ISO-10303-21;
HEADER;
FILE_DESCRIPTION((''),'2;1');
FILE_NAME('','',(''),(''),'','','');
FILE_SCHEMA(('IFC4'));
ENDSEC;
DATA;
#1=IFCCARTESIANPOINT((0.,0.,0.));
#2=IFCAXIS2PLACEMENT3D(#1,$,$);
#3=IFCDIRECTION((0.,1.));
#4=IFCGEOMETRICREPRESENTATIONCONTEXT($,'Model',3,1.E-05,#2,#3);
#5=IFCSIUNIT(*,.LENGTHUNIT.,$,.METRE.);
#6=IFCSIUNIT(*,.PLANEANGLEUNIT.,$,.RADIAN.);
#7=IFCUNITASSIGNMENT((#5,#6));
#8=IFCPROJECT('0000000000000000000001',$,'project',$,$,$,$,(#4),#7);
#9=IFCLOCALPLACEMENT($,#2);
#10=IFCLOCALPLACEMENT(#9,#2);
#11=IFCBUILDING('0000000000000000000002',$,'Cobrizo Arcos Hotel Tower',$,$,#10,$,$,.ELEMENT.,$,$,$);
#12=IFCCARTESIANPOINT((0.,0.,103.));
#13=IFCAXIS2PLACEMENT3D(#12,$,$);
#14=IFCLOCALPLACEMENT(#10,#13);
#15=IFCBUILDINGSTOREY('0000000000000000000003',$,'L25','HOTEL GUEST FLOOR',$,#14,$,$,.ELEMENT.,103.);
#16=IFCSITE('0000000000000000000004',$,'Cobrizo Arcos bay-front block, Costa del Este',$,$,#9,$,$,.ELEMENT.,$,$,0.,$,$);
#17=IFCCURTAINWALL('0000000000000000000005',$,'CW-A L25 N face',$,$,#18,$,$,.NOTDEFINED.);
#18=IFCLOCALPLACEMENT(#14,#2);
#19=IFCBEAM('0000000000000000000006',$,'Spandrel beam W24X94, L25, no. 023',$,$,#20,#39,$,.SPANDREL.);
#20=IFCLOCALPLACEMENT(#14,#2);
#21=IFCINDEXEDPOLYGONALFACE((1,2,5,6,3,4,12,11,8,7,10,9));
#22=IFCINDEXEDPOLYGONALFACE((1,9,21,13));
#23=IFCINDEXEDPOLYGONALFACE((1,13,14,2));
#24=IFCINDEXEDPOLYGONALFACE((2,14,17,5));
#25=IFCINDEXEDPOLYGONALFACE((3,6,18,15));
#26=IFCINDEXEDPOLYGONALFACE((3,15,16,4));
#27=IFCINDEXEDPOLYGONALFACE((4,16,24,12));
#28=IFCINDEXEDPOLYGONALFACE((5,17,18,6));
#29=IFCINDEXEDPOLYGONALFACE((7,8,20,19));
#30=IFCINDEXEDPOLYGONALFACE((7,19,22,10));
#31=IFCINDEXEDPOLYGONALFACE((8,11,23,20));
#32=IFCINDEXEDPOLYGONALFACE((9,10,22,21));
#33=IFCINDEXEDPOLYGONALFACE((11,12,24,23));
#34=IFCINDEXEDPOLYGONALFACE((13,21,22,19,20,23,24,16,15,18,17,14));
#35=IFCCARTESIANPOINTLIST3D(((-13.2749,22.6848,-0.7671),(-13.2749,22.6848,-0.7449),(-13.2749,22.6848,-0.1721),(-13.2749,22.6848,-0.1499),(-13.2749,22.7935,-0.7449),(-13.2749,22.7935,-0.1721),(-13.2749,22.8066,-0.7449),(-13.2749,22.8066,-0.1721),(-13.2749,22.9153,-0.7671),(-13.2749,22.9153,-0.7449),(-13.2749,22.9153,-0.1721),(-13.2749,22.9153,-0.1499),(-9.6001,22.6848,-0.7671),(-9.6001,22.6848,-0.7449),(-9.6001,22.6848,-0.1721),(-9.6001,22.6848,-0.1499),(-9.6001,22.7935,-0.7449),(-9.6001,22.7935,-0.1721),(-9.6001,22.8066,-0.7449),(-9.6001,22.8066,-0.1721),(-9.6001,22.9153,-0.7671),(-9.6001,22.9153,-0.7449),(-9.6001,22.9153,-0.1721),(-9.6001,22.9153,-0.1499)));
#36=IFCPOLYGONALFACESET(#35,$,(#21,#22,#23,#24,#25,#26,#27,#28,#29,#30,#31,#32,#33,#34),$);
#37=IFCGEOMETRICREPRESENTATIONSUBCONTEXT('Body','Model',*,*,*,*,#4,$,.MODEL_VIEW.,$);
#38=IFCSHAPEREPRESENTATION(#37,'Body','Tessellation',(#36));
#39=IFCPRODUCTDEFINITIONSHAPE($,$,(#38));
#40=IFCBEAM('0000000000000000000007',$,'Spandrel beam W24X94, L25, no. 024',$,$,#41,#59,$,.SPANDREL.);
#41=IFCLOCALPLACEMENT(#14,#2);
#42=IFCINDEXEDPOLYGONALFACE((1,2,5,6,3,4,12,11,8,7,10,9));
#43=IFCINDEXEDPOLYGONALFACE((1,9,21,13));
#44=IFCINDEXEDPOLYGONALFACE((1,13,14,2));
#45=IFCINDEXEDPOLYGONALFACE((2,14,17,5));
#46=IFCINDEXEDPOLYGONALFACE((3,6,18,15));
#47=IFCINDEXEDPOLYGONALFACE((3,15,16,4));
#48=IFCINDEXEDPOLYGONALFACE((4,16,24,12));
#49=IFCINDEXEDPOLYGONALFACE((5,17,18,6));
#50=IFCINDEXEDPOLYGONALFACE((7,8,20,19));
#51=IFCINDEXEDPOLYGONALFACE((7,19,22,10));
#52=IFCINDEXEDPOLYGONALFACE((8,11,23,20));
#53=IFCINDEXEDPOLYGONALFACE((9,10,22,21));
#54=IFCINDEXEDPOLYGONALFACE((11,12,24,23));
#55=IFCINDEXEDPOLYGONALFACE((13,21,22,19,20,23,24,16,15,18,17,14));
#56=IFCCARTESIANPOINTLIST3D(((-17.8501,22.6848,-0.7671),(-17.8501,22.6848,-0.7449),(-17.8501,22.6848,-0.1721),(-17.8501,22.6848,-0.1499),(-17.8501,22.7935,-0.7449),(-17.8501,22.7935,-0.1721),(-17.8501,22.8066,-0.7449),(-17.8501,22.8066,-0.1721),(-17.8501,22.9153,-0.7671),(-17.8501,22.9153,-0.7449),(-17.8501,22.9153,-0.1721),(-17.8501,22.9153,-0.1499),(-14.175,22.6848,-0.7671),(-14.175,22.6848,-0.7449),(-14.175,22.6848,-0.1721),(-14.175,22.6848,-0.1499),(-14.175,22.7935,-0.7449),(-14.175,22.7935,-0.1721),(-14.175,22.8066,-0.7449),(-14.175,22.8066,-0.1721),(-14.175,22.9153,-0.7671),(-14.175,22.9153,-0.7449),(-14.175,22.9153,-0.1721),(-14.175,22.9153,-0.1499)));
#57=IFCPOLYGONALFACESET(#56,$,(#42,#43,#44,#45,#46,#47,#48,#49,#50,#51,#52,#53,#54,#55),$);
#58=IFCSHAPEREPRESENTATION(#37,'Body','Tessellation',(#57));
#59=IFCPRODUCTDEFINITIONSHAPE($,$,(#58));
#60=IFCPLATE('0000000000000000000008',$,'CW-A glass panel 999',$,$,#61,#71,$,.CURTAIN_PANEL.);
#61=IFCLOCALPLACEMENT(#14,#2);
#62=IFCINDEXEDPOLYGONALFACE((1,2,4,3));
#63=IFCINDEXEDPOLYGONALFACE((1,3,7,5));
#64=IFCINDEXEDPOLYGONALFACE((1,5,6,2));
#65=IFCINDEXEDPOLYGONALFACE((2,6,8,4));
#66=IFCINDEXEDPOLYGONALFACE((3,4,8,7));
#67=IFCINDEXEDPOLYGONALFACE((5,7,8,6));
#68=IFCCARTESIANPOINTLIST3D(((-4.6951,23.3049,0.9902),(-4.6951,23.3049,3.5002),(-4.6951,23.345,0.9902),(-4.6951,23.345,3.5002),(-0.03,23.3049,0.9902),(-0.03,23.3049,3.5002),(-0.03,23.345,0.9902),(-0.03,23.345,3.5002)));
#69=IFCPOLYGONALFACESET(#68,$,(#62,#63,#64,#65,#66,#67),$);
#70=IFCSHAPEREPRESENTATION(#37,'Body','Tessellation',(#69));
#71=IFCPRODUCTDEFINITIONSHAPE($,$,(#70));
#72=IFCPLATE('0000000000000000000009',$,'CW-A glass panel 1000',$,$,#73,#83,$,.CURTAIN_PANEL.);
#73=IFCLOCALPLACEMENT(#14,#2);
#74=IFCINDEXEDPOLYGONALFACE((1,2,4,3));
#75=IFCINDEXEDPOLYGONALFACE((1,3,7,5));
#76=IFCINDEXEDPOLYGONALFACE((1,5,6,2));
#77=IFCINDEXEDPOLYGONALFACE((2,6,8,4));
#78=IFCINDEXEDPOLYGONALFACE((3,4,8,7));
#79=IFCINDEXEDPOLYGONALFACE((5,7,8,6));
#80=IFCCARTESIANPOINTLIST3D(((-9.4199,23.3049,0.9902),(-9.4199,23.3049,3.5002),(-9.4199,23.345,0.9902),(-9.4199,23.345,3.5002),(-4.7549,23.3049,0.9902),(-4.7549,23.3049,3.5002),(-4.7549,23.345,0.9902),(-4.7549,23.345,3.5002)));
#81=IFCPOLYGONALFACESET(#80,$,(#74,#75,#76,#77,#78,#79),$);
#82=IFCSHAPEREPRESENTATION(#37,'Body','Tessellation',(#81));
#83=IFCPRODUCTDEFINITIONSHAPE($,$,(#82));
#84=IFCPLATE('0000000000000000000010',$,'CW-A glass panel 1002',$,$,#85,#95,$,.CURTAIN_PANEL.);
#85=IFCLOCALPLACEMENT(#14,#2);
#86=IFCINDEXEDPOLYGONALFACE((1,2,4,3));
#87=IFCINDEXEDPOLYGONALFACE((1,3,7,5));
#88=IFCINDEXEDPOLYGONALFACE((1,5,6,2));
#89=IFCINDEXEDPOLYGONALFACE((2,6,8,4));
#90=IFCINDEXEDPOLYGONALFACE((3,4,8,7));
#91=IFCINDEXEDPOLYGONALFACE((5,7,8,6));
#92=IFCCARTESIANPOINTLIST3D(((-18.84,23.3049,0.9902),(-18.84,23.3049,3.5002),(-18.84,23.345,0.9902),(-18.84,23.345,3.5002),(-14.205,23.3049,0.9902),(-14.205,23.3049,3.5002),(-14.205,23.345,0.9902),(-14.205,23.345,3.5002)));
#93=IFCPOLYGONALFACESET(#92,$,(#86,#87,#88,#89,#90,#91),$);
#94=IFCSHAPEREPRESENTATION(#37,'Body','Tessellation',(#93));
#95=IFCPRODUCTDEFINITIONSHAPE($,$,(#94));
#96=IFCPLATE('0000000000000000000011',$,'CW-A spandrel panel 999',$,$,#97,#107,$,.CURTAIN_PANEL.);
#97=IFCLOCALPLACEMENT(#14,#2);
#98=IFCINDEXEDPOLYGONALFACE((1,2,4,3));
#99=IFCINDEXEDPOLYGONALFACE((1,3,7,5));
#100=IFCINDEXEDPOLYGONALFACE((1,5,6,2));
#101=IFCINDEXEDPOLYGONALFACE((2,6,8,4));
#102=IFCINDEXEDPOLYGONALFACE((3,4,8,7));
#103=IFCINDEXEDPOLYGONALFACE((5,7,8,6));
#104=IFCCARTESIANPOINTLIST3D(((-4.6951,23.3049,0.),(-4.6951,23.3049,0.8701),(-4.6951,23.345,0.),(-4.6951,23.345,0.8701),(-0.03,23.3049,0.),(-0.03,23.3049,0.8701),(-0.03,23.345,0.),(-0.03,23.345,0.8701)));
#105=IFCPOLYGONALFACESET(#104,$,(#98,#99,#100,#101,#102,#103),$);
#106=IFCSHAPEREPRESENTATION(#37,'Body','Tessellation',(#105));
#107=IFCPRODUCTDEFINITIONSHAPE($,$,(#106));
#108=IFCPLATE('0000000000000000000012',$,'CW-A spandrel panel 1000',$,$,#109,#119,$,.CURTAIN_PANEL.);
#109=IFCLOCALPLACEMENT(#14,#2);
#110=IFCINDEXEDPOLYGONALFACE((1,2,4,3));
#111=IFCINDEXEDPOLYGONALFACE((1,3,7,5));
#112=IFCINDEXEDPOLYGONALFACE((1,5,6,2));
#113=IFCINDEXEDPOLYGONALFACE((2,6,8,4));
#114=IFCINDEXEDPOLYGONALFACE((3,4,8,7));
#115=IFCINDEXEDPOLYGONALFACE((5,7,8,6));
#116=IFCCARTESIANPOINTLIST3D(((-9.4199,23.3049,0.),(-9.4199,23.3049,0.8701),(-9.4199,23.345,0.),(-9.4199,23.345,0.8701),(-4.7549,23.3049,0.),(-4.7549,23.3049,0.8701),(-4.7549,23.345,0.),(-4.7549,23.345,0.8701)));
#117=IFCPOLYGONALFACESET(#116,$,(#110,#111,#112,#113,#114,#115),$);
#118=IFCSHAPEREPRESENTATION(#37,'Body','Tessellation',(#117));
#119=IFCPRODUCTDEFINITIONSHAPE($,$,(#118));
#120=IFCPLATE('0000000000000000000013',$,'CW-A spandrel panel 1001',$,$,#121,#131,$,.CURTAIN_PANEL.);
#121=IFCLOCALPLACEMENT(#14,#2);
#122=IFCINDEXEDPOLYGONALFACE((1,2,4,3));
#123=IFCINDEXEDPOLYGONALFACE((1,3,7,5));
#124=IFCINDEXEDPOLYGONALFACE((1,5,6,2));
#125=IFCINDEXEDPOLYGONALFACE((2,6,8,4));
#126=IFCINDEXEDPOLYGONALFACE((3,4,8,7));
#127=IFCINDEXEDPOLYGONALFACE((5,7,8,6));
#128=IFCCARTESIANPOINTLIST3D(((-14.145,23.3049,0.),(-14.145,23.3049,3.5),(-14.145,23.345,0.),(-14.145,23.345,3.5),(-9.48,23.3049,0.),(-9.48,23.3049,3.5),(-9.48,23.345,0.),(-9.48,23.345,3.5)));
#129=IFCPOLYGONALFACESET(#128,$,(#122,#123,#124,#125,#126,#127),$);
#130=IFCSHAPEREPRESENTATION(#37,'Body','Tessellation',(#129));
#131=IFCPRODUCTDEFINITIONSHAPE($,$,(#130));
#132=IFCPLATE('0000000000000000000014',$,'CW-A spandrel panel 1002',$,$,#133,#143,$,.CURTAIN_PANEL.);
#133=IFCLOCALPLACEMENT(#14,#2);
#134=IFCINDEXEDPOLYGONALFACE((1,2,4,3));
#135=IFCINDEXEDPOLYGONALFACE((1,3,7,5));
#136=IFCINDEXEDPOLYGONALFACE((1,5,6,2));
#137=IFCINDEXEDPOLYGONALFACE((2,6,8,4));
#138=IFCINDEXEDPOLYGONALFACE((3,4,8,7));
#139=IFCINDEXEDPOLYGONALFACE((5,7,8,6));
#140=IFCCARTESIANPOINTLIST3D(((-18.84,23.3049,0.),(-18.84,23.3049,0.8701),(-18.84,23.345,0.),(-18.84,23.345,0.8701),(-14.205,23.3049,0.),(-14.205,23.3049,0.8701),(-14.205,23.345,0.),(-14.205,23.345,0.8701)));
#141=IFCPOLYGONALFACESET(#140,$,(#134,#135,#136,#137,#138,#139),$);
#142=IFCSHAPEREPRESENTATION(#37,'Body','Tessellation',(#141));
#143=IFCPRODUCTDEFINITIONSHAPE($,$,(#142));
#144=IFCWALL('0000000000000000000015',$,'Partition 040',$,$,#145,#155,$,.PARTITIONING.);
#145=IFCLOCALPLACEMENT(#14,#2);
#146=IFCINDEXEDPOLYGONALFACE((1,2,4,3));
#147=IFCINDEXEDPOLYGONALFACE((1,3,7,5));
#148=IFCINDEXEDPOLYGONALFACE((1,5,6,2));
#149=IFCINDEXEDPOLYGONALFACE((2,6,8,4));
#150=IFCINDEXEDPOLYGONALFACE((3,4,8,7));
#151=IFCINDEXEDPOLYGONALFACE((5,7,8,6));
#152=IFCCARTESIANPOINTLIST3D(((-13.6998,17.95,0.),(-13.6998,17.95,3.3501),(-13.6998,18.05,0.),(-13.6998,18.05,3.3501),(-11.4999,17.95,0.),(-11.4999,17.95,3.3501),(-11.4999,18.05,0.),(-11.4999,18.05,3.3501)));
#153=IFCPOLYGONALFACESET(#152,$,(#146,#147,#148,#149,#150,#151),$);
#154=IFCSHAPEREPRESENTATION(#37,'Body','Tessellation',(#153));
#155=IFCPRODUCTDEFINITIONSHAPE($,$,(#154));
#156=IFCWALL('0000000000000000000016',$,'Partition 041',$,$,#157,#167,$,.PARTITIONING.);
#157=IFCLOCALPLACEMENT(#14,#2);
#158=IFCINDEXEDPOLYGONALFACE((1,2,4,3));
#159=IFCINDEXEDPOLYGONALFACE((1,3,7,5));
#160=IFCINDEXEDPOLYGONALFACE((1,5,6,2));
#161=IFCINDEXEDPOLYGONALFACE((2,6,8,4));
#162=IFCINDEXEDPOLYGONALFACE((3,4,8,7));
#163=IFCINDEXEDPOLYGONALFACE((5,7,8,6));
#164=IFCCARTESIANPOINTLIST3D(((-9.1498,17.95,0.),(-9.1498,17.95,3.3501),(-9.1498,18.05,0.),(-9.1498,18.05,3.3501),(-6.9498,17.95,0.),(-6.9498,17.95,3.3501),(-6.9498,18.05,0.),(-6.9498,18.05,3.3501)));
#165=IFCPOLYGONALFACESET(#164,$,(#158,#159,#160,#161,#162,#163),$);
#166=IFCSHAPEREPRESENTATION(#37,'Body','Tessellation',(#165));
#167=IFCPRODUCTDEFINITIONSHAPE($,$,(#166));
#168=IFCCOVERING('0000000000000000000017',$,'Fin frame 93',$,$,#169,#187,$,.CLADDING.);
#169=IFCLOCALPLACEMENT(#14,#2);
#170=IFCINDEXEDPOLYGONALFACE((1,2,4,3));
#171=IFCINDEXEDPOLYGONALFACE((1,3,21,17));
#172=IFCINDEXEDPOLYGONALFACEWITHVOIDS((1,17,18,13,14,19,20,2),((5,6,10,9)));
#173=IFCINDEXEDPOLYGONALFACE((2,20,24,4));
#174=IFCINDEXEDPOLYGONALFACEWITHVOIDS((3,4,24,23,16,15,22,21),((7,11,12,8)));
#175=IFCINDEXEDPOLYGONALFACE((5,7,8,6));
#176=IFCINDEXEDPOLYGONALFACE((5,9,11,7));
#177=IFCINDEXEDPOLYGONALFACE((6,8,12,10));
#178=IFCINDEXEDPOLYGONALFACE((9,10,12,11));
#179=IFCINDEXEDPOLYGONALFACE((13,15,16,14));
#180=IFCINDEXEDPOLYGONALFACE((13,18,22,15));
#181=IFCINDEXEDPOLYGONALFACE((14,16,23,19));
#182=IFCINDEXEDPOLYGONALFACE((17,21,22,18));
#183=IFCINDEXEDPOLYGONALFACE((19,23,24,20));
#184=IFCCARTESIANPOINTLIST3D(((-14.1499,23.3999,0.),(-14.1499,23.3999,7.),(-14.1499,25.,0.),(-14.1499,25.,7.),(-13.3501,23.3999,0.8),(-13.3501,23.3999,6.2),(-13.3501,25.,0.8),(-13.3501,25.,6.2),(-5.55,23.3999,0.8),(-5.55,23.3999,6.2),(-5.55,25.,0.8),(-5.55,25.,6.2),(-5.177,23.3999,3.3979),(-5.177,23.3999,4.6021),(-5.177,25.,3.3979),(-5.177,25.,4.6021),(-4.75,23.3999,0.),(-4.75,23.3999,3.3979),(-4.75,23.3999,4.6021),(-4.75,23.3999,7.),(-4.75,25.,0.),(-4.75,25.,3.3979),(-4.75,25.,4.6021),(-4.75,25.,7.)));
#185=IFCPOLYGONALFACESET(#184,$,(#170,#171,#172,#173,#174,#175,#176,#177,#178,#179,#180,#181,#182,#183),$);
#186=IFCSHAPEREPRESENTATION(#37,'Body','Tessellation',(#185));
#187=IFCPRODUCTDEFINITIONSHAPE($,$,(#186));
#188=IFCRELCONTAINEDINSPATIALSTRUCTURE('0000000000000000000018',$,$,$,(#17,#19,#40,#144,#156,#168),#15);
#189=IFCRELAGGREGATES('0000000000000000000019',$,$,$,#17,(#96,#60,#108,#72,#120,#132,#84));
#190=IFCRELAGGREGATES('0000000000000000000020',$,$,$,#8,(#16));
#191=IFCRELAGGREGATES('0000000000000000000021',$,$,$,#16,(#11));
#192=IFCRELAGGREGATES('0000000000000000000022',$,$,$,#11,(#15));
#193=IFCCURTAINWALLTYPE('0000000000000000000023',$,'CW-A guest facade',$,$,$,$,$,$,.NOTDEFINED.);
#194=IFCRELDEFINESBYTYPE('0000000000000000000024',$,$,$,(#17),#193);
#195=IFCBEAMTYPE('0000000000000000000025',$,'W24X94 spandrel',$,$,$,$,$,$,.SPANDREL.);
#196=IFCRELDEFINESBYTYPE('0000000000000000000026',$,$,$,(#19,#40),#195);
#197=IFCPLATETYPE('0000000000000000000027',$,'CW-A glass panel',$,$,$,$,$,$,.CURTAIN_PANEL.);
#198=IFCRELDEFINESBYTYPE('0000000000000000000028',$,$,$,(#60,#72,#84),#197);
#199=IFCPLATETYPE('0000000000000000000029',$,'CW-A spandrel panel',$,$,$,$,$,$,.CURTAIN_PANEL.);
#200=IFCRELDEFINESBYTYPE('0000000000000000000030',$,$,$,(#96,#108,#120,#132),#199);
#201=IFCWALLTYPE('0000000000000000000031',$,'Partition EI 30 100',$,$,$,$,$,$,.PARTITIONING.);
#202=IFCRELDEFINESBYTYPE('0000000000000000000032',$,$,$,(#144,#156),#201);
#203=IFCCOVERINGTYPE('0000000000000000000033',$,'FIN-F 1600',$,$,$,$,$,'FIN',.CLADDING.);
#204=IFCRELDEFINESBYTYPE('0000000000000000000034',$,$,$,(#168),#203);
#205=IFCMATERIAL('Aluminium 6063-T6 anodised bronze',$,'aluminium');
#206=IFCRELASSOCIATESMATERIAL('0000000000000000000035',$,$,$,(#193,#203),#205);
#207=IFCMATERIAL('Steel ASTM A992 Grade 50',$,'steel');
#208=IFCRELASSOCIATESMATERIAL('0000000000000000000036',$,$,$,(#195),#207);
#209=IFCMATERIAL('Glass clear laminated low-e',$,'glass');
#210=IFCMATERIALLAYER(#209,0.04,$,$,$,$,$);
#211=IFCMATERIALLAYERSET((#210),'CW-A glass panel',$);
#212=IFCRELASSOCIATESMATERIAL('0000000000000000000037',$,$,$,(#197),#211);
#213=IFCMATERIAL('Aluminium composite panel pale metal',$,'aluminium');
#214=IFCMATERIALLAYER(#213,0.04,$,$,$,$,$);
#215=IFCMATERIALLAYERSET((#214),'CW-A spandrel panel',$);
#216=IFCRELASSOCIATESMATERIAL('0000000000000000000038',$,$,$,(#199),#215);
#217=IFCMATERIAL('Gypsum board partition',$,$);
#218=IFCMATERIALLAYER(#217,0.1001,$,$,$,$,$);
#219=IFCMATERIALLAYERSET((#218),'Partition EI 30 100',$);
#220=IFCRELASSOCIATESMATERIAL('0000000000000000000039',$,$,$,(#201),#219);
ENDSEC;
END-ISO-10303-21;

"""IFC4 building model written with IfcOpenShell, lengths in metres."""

from ifc_helpers import new_model, si_unit, direction, frame, frame_2d, origin, origin_2d, place, context, subcontext, project, spatial, polyline, rectangle, i_section, outline, extrude, material, layer, layer_set, material_profile, profile_set, type_object, element, aggregate, save


model = new_model("IFC4")

# Units and contexts
model_context = context("Model", 3, precision=1e-05, world=origin(), true_north=direction((0.0, 1.0)))
body_context = subcontext(model_context, "Body", "Model", "MODEL_VIEW")
ifc_project = project(units=[si_unit("LENGTHUNIT", "METRE"), si_unit("PLANEANGLEUNIT", "RADIAN")], contexts=[model_context])

# Site, building, storey
site_placement = place(None, origin())
site = spatial("IfcSite", under=ifc_project, at=site_placement, Name="Cobrizo Arcos bay-front block, Costa del Este", CompositionType="ELEMENT", RefElevation=0.0)
building_placement = place(site_placement, origin())
building = spatial("IfcBuilding", under=site, at=building_placement, Name="Cobrizo Arcos Hotel Tower", CompositionType="ELEMENT")
storey_placement = place(building_placement, frame((0.0, 0.0, 103.0)))
storey = spatial("IfcBuildingStorey", under=building, at=storey_placement, Name="L25", Description="HOTEL GUEST FLOOR", CompositionType="ELEMENT", Elevation=103.0)

# Curtain wall
ifc_material_1 = material(Name="Aluminium 6063-T6 anodised bronze", Category="aluminium")
curtain_wall_type = type_object("IfcCurtainWallType", Name="CW-A guest facade", PredefinedType="NOTDEFINED", material=ifc_material_1)
curtain_wall_placement = place(storey_placement, origin())
curtain_wall = element("IfcCurtainWall", 1, at=curtain_wall_placement, inside=storey, type_object=curtain_wall_type, Name="CW-A L25 N face", PredefinedType="NOTDEFINED")

# Beams
ifc_material_2 = material(Name="Steel ASTM A992 Grade 50", Category="steel")
ifc_material_profile_1 = material_profile(ifc_material_2, i_section(OverallWidth=0.2305, OverallDepth=0.6172, WebThickness=0.0132, FlangeThickness=0.0222, at=origin_2d()), Name="W24X94")
ifc_profile_set_1 = profile_set([ifc_material_profile_1], Name="Steel ASTM A992 Grade 50")
beam_type = type_object("IfcBeamType", Name="W24X94 spandrel", PredefinedType="SPANDREL", material=ifc_profile_set_1)
beam_1_placement = place(storey_placement, frame((-9.6001, 22.8, -0.4585), z_axis=(-1.0, 0.0, 0.0), x_axis=(0.0, -1.0, 0.0)))
element("IfcBeam", 2, at=beam_1_placement, inside=storey, type_object=beam_type, Name="Spandrel beam W24X94, L25, no. 023", PredefinedType="SPANDREL", context=body_context, shape_type="SweptSolid", body=[
    extrude(i_section(OverallWidth=0.2305, OverallDepth=0.6172, WebThickness=0.0132, FlangeThickness=0.0222, at=origin_2d()), origin(), (0.0, 0.0, 1.0), 3.6748),
])
beam_2_placement = place(storey_placement, frame((-14.175, 22.8, -0.4585), z_axis=(-1.0, 0.0, 0.0), x_axis=(0.0, -1.0, 0.0)))
element("IfcBeam", 3, at=beam_2_placement, inside=storey, type_object=beam_type, Name="Spandrel beam W24X94, L25, no. 024", PredefinedType="SPANDREL", context=body_context, shape_type="SweptSolid", body=[
    extrude(i_section(OverallWidth=0.2305, OverallDepth=0.6172, WebThickness=0.0132, FlangeThickness=0.0222, at=origin_2d()), origin(), (0.0, 0.0, 1.0), 3.675),
])

# Plates
ifc_material_3 = material(Name="Glass clear laminated low-e", Category="glass")
ifc_layer_1 = layer(ifc_material_3, 0.04)
ifc_layer_set_1 = layer_set([ifc_layer_1], Name="CW-A glass panel")
plate_type_1 = type_object("IfcPlateType", Name="CW-A glass panel", PredefinedType="CURTAIN_PANEL", material=ifc_layer_set_1)
plate_1_placement = place(storey_placement, frame((-2.3625, 23.325, 0.9902), z_axis=(0.0, 0.0, 1.0), x_axis=(-1.0, 0.0, 0.0)))
plate_1 = element("IfcPlate", 4, at=plate_1_placement, type_object=plate_type_1, Name="CW-A glass panel 999", PredefinedType="CURTAIN_PANEL", context=body_context, shape_type="SweptSolid", body=[
    extrude(rectangle(XDim=4.665, YDim=0.04, at=origin_2d()), origin(), (0.0, 0.0, 1.0), 2.51),
])
plate_2_placement = place(storey_placement, frame((-7.0874, 23.325, 0.9902), z_axis=(0.0, 0.0, 1.0), x_axis=(-1.0, 0.0, 0.0)))
plate_2 = element("IfcPlate", 5, at=plate_2_placement, type_object=plate_type_1, Name="CW-A glass panel 1000", PredefinedType="CURTAIN_PANEL", context=body_context, shape_type="SweptSolid", body=[
    extrude(rectangle(XDim=4.665, YDim=0.04, at=origin_2d()), origin(), (0.0, 0.0, 1.0), 2.51),
])
plate_3_placement = place(storey_placement, frame((-16.5225, 23.325, 0.9902), z_axis=(0.0, 0.0, 1.0), x_axis=(-1.0, 0.0, 0.0)))
plate_3 = element("IfcPlate", 6, at=plate_3_placement, type_object=plate_type_1, Name="CW-A glass panel 1002", PredefinedType="CURTAIN_PANEL", context=body_context, shape_type="SweptSolid", body=[
    extrude(rectangle(XDim=4.635, YDim=0.04, at=origin_2d()), origin(), (0.0, 0.0, 1.0), 2.51),
])
ifc_material_4 = material(Name="Aluminium composite panel pale metal", Category="aluminium")
ifc_layer_2 = layer(ifc_material_4, 0.04)
ifc_layer_set_2 = layer_set([ifc_layer_2], Name="CW-A spandrel panel")
plate_type_2 = type_object("IfcPlateType", Name="CW-A spandrel panel", PredefinedType="CURTAIN_PANEL", material=ifc_layer_set_2)
plate_4_placement = place(storey_placement, frame((-2.3625, 23.325, 0.0), z_axis=(0.0, 0.0, 1.0), x_axis=(-1.0, 0.0, 0.0)))
plate_4 = element("IfcPlate", 7, at=plate_4_placement, type_object=plate_type_2, Name="CW-A spandrel panel 999", PredefinedType="CURTAIN_PANEL", context=body_context, shape_type="SweptSolid", body=[
    extrude(rectangle(XDim=4.665, YDim=0.04, at=origin_2d()), origin(), (0.0, 0.0, 1.0), 0.8701),
])
plate_5_placement = place(storey_placement, frame((-7.0874, 23.325, 0.0), z_axis=(0.0, 0.0, 1.0), x_axis=(-1.0, 0.0, 0.0)))
plate_5 = element("IfcPlate", 8, at=plate_5_placement, type_object=plate_type_2, Name="CW-A spandrel panel 1000", PredefinedType="CURTAIN_PANEL", context=body_context, shape_type="SweptSolid", body=[
    extrude(rectangle(XDim=4.665, YDim=0.04, at=origin_2d()), origin(), (0.0, 0.0, 1.0), 0.8701),
])
plate_6_placement = place(storey_placement, frame((-11.8125, 23.325, 0.0), z_axis=(0.0, 0.0, 1.0), x_axis=(-1.0, 0.0, 0.0)))
plate_6 = element("IfcPlate", 9, at=plate_6_placement, type_object=plate_type_2, Name="CW-A spandrel panel 1001", PredefinedType="CURTAIN_PANEL", context=body_context, shape_type="SweptSolid", body=[
    extrude(rectangle(XDim=4.665, YDim=0.04, at=origin_2d()), origin(), (0.0, 0.0, 1.0), 3.5),
])
plate_7_placement = place(storey_placement, frame((-16.5225, 23.325, 0.0), z_axis=(0.0, 0.0, 1.0), x_axis=(-1.0, 0.0, 0.0)))
plate_7 = element("IfcPlate", 10, at=plate_7_placement, type_object=plate_type_2, Name="CW-A spandrel panel 1002", PredefinedType="CURTAIN_PANEL", context=body_context, shape_type="SweptSolid", body=[
    extrude(rectangle(XDim=4.635, YDim=0.04, at=origin_2d()), origin(), (0.0, 0.0, 1.0), 0.8701),
])
aggregate(curtain_wall, [plate_4, plate_1, plate_5, plate_2, plate_6, plate_7, plate_3])

# Walls
ifc_material_5 = material(Name="Gypsum board partition")
ifc_layer_3 = layer(ifc_material_5, 0.1001)
ifc_layer_set_3 = layer_set([ifc_layer_3], Name="Partition EI 30 100")
wall_type = type_object("IfcWallType", Name="Partition EI 30 100", PredefinedType="PARTITIONING", material=ifc_layer_set_3)
for number, where, z_axis, x_axis, name in (
    (11, (-13.7, 18.0, 0.0), (0.0, 0.0, 1.0), (1.0, 0.0, 0.0), "Partition 040"),
    (12, (-9.1499, 18.0, 0.0), (0.0, 0.0, 1.0), (1.0, 0.0, 0.0), "Partition 041"),
):
    element("IfcWall", number, at=place(storey_placement, frame(where, z_axis=z_axis, x_axis=x_axis)), inside=storey, type_object=wall_type, Name=name, PredefinedType="PARTITIONING", context=body_context, shape_type="SweptSolid", body=[
        extrude(rectangle(XDim=2.2, YDim=0.1001, at=frame_2d((1.1001, 0.0))), origin(), (0.0, 0.0, 1.0), 3.3501),
    ])

# Covering
covering_type_1 = type_object("IfcCoveringType", Name="FIN-F 1600", ElementType="FIN", PredefinedType="CLADDING", material=ifc_material_1)
covering_1_placement = place(storey_placement, frame((-4.75, 23.3999, 0.0), z_axis=(0.0, 1.0, 0.0), x_axis=(-1.0, 0.0, 0.0)))
element("IfcCovering", 13, at=covering_1_placement, inside=storey, type_object=covering_type_1, Name="Fin frame 93", PredefinedType="CLADDING", context=body_context, shape_type="SweptSolid", body=[
    extrude(outline(polyline([(0.0, 7.0), (0.0, 4.6021), (0.427, 4.6021), (0.427, 3.3979), (0.0, 3.3979), (0.0, 0.0), (9.3999, 0.0), (9.3999, 7.0), (0.0, 7.0)]), holes=[polyline([(8.6001, 0.8), (0.8, 0.8), (0.8, 6.2), (8.6001, 6.2), (8.6001, 0.8)])]), origin(), (0.0, 0.0, 1.0), 1.6001),
])

save(model, "model.ifc")
